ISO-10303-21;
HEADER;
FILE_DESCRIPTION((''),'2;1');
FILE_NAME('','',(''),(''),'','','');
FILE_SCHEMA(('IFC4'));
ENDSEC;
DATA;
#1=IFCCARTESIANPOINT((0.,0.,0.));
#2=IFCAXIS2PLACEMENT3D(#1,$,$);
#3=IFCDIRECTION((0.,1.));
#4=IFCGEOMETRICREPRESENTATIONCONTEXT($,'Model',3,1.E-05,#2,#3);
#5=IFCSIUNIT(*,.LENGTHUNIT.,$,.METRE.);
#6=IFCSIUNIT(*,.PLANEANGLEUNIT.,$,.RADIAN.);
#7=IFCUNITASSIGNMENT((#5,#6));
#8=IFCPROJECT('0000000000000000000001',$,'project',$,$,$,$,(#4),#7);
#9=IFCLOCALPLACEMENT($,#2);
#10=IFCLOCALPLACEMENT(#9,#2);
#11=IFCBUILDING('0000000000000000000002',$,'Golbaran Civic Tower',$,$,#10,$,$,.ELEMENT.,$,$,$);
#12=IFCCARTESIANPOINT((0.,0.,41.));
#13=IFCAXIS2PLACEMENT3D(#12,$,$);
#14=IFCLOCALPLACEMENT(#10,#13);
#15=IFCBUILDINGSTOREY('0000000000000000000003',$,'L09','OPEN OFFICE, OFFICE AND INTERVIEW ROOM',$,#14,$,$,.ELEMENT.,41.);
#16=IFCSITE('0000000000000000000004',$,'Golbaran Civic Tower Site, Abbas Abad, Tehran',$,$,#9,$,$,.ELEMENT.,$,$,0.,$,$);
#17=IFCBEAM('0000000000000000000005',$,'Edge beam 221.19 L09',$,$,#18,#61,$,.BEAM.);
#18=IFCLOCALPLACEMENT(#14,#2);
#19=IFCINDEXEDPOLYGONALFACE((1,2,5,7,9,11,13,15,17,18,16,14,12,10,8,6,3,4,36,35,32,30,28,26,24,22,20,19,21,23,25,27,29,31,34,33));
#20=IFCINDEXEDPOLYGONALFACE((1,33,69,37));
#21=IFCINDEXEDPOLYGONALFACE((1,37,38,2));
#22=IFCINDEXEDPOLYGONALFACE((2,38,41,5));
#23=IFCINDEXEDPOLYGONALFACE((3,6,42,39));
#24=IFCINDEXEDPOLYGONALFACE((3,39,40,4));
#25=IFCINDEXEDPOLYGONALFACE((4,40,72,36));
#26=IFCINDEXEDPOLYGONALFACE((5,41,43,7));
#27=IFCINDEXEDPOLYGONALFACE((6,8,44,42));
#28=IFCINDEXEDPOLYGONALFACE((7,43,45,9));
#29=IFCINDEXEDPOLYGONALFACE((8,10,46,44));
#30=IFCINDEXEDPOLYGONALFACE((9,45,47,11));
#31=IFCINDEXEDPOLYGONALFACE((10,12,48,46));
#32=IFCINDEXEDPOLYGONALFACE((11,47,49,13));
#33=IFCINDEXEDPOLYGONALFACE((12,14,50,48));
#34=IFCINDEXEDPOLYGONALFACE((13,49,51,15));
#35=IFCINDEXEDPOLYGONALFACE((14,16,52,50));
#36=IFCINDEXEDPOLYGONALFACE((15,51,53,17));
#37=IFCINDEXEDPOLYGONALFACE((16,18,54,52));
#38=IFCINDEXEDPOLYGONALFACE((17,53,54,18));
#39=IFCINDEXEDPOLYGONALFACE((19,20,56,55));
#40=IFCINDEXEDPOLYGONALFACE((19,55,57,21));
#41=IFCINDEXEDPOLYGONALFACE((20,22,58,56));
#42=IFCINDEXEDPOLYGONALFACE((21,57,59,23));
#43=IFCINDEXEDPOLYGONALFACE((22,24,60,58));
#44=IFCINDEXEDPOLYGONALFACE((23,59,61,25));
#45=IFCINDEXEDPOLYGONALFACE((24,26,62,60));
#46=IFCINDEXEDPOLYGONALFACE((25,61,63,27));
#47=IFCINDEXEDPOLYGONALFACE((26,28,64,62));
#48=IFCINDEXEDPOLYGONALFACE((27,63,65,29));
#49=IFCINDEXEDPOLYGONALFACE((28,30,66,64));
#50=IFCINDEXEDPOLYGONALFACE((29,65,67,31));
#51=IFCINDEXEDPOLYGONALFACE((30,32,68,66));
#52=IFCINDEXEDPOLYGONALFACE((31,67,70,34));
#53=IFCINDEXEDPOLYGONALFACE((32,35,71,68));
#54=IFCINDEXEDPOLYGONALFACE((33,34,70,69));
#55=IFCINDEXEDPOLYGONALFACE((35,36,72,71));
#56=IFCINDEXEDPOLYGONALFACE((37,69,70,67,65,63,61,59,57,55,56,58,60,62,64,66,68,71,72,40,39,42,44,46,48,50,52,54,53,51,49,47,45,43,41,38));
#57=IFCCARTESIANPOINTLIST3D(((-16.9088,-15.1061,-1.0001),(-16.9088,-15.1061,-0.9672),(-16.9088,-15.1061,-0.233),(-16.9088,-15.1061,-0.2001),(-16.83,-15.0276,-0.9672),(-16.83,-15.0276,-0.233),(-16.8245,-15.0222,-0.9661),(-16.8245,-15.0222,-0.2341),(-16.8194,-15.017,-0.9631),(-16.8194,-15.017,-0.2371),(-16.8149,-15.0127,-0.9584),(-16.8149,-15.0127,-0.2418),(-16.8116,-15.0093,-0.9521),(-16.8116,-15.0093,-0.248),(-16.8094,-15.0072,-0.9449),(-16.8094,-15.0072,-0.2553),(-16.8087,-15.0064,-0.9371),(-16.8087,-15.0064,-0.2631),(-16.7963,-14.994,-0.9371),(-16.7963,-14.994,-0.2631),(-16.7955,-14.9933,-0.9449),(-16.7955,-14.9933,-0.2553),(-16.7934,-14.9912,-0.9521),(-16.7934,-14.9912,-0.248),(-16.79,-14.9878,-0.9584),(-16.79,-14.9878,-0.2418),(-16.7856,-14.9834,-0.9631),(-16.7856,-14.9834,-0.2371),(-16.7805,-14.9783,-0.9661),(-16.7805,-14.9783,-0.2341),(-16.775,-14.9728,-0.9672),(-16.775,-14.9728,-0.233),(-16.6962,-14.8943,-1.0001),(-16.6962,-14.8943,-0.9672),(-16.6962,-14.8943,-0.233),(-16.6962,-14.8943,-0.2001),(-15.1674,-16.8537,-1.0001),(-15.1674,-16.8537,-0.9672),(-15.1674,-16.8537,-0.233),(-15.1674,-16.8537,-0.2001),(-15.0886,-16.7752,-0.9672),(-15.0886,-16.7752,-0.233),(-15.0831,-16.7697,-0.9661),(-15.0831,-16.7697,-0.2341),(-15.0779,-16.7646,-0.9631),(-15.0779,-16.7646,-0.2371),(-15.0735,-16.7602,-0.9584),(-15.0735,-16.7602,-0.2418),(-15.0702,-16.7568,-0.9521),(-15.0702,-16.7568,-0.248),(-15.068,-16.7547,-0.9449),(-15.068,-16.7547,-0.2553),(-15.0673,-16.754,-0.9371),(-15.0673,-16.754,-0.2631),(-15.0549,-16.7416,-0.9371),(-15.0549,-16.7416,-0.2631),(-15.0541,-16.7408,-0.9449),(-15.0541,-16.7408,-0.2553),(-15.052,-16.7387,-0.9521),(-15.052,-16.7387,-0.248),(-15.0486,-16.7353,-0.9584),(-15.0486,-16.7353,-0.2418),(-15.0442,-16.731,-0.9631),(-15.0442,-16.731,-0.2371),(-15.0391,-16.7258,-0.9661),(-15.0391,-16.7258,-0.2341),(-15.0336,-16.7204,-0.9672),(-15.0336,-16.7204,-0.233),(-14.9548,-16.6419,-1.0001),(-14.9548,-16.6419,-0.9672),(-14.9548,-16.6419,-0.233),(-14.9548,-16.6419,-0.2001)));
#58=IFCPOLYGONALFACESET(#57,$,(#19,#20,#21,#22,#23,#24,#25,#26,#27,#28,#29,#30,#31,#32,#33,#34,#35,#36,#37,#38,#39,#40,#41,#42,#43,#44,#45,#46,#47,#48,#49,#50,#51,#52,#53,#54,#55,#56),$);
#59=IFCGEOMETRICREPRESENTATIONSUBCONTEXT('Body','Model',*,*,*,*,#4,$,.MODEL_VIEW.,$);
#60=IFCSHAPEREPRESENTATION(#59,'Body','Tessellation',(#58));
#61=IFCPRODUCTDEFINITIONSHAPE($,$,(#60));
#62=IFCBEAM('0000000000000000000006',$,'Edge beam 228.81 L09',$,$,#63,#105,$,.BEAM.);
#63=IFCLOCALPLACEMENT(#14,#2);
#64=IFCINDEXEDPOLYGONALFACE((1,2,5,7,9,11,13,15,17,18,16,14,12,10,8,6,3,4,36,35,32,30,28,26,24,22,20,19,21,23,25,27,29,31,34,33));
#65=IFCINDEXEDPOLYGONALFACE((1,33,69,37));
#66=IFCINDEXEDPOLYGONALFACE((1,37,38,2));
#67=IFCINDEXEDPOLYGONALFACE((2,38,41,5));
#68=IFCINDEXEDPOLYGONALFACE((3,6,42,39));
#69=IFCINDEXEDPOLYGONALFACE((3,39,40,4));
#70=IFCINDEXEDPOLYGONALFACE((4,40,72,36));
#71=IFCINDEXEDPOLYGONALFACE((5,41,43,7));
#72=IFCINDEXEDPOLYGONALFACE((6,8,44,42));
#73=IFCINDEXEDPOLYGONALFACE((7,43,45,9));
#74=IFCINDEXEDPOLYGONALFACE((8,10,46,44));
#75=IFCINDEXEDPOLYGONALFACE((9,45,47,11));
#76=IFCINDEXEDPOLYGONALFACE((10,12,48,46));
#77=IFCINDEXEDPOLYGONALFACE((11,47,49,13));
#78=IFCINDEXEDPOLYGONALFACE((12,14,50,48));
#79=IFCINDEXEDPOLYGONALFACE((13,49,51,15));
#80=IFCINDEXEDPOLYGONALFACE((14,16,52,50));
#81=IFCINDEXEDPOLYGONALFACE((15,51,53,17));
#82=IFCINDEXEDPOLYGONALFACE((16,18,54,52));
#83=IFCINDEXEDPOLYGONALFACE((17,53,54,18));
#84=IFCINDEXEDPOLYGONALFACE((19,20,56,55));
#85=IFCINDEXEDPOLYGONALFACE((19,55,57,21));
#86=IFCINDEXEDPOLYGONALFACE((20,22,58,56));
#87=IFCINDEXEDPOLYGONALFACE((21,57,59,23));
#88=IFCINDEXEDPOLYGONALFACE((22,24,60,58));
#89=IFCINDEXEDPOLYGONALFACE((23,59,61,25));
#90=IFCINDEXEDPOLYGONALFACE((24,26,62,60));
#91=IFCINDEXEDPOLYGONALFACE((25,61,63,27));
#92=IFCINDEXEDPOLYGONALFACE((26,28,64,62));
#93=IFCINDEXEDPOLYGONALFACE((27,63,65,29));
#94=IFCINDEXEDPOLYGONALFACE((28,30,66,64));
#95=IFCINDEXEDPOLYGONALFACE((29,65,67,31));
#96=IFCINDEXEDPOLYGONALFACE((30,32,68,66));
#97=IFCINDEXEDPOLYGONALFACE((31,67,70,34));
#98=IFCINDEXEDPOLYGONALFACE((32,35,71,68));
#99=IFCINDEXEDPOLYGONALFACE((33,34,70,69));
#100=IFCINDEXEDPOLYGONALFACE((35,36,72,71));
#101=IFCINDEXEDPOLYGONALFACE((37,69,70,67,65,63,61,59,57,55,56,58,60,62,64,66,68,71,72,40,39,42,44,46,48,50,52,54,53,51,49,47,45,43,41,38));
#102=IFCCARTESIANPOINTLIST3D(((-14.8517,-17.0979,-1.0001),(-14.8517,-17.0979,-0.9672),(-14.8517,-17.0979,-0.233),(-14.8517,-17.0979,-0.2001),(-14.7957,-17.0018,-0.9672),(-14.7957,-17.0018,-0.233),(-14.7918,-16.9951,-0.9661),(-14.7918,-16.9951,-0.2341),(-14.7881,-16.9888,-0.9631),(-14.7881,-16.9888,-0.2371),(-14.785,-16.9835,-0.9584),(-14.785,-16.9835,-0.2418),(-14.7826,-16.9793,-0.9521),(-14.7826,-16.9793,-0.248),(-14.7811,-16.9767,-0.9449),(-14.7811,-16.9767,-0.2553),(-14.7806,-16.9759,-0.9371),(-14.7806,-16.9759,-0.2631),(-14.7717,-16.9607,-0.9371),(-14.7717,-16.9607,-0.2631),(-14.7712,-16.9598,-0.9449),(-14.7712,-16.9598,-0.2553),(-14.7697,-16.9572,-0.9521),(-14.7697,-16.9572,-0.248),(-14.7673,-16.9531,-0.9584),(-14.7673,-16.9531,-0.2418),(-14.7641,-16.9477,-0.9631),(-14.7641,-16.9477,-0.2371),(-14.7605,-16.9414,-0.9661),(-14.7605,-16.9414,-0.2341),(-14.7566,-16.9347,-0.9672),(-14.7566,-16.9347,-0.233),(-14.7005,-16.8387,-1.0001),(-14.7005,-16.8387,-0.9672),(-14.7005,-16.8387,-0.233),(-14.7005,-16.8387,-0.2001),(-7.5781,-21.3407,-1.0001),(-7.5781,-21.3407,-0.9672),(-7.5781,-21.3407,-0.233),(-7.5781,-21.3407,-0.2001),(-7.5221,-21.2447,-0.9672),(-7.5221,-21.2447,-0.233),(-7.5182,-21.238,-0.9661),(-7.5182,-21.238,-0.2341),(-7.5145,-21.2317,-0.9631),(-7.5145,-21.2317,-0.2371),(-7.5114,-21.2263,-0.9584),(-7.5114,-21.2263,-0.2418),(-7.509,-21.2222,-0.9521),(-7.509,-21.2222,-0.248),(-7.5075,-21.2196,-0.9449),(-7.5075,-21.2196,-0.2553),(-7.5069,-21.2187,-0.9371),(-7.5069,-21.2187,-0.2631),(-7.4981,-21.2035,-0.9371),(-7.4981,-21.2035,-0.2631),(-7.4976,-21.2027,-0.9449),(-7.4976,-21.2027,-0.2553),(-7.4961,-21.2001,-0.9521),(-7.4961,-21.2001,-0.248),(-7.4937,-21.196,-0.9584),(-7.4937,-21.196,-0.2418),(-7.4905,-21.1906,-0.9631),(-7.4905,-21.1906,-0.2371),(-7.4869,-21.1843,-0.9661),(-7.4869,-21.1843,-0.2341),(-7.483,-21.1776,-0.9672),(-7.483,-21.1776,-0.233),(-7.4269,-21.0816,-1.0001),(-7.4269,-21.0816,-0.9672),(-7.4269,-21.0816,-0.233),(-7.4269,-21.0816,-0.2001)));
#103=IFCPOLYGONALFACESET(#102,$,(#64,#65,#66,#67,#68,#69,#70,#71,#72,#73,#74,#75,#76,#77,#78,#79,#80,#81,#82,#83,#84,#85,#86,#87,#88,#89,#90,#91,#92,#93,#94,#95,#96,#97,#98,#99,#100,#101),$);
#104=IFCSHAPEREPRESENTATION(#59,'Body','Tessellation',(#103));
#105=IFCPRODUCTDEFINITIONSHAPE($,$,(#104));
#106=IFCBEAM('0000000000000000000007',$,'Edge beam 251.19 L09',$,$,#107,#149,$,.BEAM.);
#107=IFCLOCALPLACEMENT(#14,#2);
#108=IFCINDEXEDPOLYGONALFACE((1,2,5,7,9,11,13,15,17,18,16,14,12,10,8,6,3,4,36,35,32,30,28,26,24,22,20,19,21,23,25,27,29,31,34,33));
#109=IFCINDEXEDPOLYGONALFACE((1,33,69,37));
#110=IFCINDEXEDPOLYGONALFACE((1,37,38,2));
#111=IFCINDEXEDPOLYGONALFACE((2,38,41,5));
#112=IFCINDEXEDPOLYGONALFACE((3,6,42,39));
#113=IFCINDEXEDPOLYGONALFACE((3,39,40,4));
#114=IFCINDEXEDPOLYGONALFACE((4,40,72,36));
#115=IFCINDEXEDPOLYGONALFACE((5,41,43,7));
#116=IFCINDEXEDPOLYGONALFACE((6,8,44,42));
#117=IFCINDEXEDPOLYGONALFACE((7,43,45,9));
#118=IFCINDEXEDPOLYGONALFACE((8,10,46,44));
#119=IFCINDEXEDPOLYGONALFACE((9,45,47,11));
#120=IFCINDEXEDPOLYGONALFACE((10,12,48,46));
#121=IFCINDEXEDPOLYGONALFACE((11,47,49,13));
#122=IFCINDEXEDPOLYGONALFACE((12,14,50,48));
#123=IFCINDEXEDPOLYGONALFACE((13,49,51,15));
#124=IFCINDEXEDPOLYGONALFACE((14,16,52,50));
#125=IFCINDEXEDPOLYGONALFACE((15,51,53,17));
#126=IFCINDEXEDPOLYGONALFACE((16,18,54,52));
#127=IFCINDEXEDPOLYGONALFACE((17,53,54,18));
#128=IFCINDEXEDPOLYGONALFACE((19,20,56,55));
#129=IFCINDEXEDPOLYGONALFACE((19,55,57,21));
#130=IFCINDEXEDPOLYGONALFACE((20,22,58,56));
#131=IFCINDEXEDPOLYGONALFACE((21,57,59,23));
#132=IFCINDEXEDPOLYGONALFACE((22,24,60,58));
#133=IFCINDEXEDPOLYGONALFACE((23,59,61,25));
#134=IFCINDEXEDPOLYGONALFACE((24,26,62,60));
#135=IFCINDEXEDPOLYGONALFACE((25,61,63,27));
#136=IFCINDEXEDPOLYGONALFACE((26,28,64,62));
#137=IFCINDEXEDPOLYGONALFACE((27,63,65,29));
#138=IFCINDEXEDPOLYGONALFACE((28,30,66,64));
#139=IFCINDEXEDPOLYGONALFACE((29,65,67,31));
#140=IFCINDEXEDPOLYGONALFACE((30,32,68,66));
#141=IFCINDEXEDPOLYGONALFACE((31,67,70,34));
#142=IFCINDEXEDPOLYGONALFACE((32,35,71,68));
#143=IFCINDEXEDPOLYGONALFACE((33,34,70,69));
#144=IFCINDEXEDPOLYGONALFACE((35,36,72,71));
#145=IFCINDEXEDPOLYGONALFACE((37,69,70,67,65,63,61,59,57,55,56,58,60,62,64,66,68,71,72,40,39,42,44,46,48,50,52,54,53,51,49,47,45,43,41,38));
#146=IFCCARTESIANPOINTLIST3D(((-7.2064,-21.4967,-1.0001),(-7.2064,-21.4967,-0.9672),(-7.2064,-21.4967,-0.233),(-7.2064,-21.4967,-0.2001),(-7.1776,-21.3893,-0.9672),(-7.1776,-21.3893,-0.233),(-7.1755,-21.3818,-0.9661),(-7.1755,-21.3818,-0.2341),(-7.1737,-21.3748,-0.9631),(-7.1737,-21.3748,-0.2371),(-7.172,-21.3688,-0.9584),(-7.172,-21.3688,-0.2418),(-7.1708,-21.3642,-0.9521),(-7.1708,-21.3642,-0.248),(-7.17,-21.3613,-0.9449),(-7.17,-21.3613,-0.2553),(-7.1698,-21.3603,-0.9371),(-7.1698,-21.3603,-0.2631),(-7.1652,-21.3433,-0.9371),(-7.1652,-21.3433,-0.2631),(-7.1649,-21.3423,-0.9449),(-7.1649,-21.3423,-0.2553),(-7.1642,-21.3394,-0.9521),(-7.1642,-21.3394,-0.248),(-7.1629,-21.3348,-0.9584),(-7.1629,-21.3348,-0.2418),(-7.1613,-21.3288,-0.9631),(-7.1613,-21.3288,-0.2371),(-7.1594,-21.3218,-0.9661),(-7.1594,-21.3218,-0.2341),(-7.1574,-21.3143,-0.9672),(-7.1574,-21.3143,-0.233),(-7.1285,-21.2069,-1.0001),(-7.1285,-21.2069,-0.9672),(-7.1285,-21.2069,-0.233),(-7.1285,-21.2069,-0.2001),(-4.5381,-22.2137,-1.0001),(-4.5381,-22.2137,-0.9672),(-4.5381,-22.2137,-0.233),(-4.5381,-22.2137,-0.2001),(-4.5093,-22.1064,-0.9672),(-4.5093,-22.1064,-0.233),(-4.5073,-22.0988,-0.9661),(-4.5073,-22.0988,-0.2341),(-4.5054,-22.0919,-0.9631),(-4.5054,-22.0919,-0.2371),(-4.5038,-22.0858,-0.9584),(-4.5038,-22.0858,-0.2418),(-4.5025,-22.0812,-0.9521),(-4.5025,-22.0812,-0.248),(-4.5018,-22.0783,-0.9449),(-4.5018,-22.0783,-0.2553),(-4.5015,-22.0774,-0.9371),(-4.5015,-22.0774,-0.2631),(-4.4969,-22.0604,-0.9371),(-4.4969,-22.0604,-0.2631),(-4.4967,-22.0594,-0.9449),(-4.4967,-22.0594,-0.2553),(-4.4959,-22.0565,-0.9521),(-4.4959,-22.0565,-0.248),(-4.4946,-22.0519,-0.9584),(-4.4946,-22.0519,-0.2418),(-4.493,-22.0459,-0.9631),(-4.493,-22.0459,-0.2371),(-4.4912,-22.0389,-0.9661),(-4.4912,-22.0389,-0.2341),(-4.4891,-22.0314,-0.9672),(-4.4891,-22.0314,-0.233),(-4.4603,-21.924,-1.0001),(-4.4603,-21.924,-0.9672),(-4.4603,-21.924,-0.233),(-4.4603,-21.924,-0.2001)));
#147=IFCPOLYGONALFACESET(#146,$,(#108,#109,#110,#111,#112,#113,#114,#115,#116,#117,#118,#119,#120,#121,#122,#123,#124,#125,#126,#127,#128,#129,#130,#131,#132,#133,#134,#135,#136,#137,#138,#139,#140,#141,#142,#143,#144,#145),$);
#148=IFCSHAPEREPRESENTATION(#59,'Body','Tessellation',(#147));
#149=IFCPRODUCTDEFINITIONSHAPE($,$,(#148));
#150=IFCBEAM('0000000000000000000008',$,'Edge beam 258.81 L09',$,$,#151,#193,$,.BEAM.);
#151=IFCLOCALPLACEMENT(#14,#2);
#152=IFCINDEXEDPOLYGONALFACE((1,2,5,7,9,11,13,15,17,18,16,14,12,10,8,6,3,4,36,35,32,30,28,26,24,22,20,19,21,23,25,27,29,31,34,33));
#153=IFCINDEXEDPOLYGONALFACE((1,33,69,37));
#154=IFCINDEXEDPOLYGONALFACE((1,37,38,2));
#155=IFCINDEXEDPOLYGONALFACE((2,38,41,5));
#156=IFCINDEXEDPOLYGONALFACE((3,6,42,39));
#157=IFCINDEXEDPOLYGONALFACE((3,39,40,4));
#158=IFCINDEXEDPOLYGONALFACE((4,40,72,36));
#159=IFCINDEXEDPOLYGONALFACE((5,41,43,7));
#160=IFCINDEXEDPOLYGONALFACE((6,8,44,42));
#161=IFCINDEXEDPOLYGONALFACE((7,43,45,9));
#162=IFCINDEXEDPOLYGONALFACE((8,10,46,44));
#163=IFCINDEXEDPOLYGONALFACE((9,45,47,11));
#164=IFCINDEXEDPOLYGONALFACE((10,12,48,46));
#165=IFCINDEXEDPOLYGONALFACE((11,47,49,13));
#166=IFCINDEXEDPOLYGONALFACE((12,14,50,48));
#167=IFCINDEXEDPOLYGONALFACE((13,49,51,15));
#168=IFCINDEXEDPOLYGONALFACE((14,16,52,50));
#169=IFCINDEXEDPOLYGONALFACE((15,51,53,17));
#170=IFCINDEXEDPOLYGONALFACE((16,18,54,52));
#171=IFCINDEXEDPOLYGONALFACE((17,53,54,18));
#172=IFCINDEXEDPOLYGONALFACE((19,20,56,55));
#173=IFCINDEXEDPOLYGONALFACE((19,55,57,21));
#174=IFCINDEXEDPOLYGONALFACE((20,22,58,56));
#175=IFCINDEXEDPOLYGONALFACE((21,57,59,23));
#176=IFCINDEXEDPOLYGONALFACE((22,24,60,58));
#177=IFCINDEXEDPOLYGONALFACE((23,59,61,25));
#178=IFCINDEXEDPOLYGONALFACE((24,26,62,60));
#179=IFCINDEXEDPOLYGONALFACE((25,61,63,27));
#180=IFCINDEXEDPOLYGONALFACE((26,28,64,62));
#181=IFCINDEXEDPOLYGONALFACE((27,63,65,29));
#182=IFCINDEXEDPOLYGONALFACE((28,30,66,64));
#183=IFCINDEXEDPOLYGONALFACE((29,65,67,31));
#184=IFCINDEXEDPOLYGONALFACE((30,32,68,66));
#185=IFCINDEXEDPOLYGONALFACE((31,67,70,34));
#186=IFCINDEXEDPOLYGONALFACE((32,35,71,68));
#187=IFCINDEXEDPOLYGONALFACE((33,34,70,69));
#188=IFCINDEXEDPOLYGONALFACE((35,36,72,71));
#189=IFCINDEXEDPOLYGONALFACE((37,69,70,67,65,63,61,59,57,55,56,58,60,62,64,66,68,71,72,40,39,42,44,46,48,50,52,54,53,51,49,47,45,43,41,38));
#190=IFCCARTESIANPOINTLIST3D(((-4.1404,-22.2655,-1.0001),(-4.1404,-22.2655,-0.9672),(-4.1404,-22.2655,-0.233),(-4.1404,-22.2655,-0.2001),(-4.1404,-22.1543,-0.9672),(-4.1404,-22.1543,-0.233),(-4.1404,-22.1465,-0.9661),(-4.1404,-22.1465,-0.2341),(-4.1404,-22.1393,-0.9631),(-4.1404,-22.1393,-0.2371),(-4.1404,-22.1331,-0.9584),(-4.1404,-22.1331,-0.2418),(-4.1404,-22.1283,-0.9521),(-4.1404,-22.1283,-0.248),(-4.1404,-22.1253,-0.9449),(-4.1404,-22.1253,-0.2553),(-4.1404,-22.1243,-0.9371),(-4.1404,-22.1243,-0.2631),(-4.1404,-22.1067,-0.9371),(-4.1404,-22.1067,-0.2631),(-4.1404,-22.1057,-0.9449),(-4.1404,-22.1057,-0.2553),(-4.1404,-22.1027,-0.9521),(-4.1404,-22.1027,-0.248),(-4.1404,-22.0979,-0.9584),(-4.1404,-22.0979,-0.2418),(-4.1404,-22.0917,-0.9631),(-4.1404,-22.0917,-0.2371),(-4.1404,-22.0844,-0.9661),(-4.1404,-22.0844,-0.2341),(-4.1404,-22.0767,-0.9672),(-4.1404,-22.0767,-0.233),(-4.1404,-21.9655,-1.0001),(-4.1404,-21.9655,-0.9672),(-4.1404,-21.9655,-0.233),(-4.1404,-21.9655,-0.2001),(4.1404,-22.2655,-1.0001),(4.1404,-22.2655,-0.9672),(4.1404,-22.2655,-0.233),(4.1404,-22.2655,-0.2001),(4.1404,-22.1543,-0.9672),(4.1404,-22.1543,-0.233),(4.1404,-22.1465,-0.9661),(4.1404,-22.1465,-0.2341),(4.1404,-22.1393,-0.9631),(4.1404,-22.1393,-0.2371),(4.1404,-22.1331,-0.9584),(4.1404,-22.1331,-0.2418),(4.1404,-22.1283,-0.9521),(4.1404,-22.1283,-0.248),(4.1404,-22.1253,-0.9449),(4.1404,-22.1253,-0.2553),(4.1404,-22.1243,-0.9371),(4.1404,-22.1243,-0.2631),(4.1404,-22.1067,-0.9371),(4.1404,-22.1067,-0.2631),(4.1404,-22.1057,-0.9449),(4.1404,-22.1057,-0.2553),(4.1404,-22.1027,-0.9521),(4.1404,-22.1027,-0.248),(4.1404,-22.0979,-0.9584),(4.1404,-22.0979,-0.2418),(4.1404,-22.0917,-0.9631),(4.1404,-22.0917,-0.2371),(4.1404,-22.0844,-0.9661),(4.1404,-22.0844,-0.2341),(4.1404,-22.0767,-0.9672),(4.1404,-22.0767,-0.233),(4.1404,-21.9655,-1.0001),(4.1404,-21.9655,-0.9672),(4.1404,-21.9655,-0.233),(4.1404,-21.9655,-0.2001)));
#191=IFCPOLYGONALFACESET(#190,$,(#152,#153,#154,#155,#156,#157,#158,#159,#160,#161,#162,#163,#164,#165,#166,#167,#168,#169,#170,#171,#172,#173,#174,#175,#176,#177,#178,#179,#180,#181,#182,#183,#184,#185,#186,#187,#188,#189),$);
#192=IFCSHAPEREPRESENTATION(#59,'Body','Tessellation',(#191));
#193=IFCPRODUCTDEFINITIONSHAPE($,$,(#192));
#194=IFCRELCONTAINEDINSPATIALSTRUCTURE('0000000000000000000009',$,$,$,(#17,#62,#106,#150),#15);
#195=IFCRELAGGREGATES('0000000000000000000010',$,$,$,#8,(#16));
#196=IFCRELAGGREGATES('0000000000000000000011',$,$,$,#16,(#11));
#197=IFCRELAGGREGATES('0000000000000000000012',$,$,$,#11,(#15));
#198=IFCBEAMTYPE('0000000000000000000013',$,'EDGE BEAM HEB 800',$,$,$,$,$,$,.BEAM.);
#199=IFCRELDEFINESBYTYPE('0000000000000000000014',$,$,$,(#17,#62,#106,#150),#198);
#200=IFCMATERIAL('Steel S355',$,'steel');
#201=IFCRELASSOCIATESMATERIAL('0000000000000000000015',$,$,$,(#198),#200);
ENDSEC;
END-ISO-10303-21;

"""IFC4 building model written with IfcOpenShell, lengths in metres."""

from ifc_helpers import new_model, si_unit, direction, frame, origin, origin_2d, place, context, subcontext, project, spatial, i_section, extrude, material, material_profile, profile_set, type_object, element, save


model = new_model("IFC4")

# Units and contexts
model_context = context("Model", 3, precision=1e-05, world=origin(), true_north=direction((0.0, 1.0)))
body_context = subcontext(model_context, "Body", "Model", "MODEL_VIEW")
ifc_project = project(units=[si_unit("LENGTHUNIT", "METRE"), si_unit("PLANEANGLEUNIT", "RADIAN")], contexts=[model_context])

# Site, building, storey
site_placement = place(None, origin())
site = spatial("IfcSite", under=ifc_project, at=site_placement, Name="Golbaran Civic Tower Site, Abbas Abad, Tehran", CompositionType="ELEMENT", RefElevation=0.0)
building_placement = place(site_placement, origin())
building = spatial("IfcBuilding", under=site, at=building_placement, Name="Golbaran Civic Tower", CompositionType="ELEMENT")
storey_placement = place(building_placement, frame((0.0, 0.0, 41.0)))
storey = spatial("IfcBuildingStorey", under=building, at=storey_placement, Name="L09", Description="OPEN OFFICE, OFFICE AND INTERVIEW ROOM", CompositionType="ELEMENT", Elevation=41.0)

# Beams
ifc_material_1 = material(Name="Steel S355", Category="steel")
ifc_material_profile_1 = material_profile(ifc_material_1, i_section(OverallWidth=0.3, OverallDepth=0.8, WebThickness=0.0176, FlangeThickness=0.033, FilletRadius=0.03, at=origin_2d()), Name="HEB 800")
ifc_profile_set_1 = profile_set([ifc_material_profile_1], Name="Steel S355")
beam_type_1 = type_object("IfcBeamType", Name="EDGE BEAM HEB 800", PredefinedType="BEAM", material=ifc_profile_set_1)
beam_1_placement = place(storey_placement, frame((-16.8025, -15.0002, -0.6001), z_axis=(0.705869, -0.708343, 0.0), x_axis=(0.708343, 0.705869, 0.0)))
element("IfcBeam", 1, at=beam_1_placement, inside=storey, type_object=beam_type_1, Name="Edge beam 221.19 L09", PredefinedType="BEAM", context=body_context, shape_type="SweptSolid", body=[
    extrude(i_section(OverallWidth=0.3, OverallDepth=0.8, WebThickness=0.0176, FlangeThickness=0.033, FilletRadius=0.03, at=origin_2d()), origin(), (0.0, 0.0, 1.0), 2.467),
])
beam_2_placement = place(storey_placement, frame((-14.7761, -16.9683, -0.6001), z_axis=(0.863782, -0.503866, 0.0), x_axis=(0.503866, 0.863782, 0.0)))
element("IfcBeam", 2, at=beam_2_placement, inside=storey, type_object=beam_type_1, Name="Edge beam 228.81 L09", PredefinedType="BEAM", context=body_context, shape_type="SweptSolid", body=[
    extrude(i_section(OverallWidth=0.3, OverallDepth=0.8, WebThickness=0.0176, FlangeThickness=0.033, FilletRadius=0.03, at=origin_2d()), origin(), (0.0, 0.0, 1.0), 8.4207),
])
beam_3_placement = place(storey_placement, frame((-7.1675, -21.3518, -0.6001), z_axis=(0.965736, -0.259527, 0.0), x_axis=(0.259527, 0.965736, 0.0)))
element("IfcBeam", 3, at=beam_3_placement, inside=storey, type_object=beam_type_1, Name="Edge beam 251.19 L09", PredefinedType="BEAM", context=body_context, shape_type="SweptSolid", body=[
    extrude(i_section(OverallWidth=0.3, OverallDepth=0.8, WebThickness=0.0176, FlangeThickness=0.033, FilletRadius=0.03, at=origin_2d()), origin(), (0.0, 0.0, 1.0), 2.7629),
])
beam_4_placement = place(storey_placement, frame((-4.1404, -22.1155, -0.6001), z_axis=(1.0, 0.0, 0.0), x_axis=(0.0, 1.0, 0.0)))
element("IfcBeam", 4, at=beam_4_placement, inside=storey, type_object=beam_type_1, Name="Edge beam 258.81 L09", PredefinedType="BEAM", context=body_context, shape_type="SweptSolid", body=[
    extrude(i_section(OverallWidth=0.3, OverallDepth=0.8, WebThickness=0.0176, FlangeThickness=0.033, FilletRadius=0.03, at=origin_2d()), origin(), (0.0, 0.0, 1.0), 8.2808),
])

save(model, "model.ifc")
